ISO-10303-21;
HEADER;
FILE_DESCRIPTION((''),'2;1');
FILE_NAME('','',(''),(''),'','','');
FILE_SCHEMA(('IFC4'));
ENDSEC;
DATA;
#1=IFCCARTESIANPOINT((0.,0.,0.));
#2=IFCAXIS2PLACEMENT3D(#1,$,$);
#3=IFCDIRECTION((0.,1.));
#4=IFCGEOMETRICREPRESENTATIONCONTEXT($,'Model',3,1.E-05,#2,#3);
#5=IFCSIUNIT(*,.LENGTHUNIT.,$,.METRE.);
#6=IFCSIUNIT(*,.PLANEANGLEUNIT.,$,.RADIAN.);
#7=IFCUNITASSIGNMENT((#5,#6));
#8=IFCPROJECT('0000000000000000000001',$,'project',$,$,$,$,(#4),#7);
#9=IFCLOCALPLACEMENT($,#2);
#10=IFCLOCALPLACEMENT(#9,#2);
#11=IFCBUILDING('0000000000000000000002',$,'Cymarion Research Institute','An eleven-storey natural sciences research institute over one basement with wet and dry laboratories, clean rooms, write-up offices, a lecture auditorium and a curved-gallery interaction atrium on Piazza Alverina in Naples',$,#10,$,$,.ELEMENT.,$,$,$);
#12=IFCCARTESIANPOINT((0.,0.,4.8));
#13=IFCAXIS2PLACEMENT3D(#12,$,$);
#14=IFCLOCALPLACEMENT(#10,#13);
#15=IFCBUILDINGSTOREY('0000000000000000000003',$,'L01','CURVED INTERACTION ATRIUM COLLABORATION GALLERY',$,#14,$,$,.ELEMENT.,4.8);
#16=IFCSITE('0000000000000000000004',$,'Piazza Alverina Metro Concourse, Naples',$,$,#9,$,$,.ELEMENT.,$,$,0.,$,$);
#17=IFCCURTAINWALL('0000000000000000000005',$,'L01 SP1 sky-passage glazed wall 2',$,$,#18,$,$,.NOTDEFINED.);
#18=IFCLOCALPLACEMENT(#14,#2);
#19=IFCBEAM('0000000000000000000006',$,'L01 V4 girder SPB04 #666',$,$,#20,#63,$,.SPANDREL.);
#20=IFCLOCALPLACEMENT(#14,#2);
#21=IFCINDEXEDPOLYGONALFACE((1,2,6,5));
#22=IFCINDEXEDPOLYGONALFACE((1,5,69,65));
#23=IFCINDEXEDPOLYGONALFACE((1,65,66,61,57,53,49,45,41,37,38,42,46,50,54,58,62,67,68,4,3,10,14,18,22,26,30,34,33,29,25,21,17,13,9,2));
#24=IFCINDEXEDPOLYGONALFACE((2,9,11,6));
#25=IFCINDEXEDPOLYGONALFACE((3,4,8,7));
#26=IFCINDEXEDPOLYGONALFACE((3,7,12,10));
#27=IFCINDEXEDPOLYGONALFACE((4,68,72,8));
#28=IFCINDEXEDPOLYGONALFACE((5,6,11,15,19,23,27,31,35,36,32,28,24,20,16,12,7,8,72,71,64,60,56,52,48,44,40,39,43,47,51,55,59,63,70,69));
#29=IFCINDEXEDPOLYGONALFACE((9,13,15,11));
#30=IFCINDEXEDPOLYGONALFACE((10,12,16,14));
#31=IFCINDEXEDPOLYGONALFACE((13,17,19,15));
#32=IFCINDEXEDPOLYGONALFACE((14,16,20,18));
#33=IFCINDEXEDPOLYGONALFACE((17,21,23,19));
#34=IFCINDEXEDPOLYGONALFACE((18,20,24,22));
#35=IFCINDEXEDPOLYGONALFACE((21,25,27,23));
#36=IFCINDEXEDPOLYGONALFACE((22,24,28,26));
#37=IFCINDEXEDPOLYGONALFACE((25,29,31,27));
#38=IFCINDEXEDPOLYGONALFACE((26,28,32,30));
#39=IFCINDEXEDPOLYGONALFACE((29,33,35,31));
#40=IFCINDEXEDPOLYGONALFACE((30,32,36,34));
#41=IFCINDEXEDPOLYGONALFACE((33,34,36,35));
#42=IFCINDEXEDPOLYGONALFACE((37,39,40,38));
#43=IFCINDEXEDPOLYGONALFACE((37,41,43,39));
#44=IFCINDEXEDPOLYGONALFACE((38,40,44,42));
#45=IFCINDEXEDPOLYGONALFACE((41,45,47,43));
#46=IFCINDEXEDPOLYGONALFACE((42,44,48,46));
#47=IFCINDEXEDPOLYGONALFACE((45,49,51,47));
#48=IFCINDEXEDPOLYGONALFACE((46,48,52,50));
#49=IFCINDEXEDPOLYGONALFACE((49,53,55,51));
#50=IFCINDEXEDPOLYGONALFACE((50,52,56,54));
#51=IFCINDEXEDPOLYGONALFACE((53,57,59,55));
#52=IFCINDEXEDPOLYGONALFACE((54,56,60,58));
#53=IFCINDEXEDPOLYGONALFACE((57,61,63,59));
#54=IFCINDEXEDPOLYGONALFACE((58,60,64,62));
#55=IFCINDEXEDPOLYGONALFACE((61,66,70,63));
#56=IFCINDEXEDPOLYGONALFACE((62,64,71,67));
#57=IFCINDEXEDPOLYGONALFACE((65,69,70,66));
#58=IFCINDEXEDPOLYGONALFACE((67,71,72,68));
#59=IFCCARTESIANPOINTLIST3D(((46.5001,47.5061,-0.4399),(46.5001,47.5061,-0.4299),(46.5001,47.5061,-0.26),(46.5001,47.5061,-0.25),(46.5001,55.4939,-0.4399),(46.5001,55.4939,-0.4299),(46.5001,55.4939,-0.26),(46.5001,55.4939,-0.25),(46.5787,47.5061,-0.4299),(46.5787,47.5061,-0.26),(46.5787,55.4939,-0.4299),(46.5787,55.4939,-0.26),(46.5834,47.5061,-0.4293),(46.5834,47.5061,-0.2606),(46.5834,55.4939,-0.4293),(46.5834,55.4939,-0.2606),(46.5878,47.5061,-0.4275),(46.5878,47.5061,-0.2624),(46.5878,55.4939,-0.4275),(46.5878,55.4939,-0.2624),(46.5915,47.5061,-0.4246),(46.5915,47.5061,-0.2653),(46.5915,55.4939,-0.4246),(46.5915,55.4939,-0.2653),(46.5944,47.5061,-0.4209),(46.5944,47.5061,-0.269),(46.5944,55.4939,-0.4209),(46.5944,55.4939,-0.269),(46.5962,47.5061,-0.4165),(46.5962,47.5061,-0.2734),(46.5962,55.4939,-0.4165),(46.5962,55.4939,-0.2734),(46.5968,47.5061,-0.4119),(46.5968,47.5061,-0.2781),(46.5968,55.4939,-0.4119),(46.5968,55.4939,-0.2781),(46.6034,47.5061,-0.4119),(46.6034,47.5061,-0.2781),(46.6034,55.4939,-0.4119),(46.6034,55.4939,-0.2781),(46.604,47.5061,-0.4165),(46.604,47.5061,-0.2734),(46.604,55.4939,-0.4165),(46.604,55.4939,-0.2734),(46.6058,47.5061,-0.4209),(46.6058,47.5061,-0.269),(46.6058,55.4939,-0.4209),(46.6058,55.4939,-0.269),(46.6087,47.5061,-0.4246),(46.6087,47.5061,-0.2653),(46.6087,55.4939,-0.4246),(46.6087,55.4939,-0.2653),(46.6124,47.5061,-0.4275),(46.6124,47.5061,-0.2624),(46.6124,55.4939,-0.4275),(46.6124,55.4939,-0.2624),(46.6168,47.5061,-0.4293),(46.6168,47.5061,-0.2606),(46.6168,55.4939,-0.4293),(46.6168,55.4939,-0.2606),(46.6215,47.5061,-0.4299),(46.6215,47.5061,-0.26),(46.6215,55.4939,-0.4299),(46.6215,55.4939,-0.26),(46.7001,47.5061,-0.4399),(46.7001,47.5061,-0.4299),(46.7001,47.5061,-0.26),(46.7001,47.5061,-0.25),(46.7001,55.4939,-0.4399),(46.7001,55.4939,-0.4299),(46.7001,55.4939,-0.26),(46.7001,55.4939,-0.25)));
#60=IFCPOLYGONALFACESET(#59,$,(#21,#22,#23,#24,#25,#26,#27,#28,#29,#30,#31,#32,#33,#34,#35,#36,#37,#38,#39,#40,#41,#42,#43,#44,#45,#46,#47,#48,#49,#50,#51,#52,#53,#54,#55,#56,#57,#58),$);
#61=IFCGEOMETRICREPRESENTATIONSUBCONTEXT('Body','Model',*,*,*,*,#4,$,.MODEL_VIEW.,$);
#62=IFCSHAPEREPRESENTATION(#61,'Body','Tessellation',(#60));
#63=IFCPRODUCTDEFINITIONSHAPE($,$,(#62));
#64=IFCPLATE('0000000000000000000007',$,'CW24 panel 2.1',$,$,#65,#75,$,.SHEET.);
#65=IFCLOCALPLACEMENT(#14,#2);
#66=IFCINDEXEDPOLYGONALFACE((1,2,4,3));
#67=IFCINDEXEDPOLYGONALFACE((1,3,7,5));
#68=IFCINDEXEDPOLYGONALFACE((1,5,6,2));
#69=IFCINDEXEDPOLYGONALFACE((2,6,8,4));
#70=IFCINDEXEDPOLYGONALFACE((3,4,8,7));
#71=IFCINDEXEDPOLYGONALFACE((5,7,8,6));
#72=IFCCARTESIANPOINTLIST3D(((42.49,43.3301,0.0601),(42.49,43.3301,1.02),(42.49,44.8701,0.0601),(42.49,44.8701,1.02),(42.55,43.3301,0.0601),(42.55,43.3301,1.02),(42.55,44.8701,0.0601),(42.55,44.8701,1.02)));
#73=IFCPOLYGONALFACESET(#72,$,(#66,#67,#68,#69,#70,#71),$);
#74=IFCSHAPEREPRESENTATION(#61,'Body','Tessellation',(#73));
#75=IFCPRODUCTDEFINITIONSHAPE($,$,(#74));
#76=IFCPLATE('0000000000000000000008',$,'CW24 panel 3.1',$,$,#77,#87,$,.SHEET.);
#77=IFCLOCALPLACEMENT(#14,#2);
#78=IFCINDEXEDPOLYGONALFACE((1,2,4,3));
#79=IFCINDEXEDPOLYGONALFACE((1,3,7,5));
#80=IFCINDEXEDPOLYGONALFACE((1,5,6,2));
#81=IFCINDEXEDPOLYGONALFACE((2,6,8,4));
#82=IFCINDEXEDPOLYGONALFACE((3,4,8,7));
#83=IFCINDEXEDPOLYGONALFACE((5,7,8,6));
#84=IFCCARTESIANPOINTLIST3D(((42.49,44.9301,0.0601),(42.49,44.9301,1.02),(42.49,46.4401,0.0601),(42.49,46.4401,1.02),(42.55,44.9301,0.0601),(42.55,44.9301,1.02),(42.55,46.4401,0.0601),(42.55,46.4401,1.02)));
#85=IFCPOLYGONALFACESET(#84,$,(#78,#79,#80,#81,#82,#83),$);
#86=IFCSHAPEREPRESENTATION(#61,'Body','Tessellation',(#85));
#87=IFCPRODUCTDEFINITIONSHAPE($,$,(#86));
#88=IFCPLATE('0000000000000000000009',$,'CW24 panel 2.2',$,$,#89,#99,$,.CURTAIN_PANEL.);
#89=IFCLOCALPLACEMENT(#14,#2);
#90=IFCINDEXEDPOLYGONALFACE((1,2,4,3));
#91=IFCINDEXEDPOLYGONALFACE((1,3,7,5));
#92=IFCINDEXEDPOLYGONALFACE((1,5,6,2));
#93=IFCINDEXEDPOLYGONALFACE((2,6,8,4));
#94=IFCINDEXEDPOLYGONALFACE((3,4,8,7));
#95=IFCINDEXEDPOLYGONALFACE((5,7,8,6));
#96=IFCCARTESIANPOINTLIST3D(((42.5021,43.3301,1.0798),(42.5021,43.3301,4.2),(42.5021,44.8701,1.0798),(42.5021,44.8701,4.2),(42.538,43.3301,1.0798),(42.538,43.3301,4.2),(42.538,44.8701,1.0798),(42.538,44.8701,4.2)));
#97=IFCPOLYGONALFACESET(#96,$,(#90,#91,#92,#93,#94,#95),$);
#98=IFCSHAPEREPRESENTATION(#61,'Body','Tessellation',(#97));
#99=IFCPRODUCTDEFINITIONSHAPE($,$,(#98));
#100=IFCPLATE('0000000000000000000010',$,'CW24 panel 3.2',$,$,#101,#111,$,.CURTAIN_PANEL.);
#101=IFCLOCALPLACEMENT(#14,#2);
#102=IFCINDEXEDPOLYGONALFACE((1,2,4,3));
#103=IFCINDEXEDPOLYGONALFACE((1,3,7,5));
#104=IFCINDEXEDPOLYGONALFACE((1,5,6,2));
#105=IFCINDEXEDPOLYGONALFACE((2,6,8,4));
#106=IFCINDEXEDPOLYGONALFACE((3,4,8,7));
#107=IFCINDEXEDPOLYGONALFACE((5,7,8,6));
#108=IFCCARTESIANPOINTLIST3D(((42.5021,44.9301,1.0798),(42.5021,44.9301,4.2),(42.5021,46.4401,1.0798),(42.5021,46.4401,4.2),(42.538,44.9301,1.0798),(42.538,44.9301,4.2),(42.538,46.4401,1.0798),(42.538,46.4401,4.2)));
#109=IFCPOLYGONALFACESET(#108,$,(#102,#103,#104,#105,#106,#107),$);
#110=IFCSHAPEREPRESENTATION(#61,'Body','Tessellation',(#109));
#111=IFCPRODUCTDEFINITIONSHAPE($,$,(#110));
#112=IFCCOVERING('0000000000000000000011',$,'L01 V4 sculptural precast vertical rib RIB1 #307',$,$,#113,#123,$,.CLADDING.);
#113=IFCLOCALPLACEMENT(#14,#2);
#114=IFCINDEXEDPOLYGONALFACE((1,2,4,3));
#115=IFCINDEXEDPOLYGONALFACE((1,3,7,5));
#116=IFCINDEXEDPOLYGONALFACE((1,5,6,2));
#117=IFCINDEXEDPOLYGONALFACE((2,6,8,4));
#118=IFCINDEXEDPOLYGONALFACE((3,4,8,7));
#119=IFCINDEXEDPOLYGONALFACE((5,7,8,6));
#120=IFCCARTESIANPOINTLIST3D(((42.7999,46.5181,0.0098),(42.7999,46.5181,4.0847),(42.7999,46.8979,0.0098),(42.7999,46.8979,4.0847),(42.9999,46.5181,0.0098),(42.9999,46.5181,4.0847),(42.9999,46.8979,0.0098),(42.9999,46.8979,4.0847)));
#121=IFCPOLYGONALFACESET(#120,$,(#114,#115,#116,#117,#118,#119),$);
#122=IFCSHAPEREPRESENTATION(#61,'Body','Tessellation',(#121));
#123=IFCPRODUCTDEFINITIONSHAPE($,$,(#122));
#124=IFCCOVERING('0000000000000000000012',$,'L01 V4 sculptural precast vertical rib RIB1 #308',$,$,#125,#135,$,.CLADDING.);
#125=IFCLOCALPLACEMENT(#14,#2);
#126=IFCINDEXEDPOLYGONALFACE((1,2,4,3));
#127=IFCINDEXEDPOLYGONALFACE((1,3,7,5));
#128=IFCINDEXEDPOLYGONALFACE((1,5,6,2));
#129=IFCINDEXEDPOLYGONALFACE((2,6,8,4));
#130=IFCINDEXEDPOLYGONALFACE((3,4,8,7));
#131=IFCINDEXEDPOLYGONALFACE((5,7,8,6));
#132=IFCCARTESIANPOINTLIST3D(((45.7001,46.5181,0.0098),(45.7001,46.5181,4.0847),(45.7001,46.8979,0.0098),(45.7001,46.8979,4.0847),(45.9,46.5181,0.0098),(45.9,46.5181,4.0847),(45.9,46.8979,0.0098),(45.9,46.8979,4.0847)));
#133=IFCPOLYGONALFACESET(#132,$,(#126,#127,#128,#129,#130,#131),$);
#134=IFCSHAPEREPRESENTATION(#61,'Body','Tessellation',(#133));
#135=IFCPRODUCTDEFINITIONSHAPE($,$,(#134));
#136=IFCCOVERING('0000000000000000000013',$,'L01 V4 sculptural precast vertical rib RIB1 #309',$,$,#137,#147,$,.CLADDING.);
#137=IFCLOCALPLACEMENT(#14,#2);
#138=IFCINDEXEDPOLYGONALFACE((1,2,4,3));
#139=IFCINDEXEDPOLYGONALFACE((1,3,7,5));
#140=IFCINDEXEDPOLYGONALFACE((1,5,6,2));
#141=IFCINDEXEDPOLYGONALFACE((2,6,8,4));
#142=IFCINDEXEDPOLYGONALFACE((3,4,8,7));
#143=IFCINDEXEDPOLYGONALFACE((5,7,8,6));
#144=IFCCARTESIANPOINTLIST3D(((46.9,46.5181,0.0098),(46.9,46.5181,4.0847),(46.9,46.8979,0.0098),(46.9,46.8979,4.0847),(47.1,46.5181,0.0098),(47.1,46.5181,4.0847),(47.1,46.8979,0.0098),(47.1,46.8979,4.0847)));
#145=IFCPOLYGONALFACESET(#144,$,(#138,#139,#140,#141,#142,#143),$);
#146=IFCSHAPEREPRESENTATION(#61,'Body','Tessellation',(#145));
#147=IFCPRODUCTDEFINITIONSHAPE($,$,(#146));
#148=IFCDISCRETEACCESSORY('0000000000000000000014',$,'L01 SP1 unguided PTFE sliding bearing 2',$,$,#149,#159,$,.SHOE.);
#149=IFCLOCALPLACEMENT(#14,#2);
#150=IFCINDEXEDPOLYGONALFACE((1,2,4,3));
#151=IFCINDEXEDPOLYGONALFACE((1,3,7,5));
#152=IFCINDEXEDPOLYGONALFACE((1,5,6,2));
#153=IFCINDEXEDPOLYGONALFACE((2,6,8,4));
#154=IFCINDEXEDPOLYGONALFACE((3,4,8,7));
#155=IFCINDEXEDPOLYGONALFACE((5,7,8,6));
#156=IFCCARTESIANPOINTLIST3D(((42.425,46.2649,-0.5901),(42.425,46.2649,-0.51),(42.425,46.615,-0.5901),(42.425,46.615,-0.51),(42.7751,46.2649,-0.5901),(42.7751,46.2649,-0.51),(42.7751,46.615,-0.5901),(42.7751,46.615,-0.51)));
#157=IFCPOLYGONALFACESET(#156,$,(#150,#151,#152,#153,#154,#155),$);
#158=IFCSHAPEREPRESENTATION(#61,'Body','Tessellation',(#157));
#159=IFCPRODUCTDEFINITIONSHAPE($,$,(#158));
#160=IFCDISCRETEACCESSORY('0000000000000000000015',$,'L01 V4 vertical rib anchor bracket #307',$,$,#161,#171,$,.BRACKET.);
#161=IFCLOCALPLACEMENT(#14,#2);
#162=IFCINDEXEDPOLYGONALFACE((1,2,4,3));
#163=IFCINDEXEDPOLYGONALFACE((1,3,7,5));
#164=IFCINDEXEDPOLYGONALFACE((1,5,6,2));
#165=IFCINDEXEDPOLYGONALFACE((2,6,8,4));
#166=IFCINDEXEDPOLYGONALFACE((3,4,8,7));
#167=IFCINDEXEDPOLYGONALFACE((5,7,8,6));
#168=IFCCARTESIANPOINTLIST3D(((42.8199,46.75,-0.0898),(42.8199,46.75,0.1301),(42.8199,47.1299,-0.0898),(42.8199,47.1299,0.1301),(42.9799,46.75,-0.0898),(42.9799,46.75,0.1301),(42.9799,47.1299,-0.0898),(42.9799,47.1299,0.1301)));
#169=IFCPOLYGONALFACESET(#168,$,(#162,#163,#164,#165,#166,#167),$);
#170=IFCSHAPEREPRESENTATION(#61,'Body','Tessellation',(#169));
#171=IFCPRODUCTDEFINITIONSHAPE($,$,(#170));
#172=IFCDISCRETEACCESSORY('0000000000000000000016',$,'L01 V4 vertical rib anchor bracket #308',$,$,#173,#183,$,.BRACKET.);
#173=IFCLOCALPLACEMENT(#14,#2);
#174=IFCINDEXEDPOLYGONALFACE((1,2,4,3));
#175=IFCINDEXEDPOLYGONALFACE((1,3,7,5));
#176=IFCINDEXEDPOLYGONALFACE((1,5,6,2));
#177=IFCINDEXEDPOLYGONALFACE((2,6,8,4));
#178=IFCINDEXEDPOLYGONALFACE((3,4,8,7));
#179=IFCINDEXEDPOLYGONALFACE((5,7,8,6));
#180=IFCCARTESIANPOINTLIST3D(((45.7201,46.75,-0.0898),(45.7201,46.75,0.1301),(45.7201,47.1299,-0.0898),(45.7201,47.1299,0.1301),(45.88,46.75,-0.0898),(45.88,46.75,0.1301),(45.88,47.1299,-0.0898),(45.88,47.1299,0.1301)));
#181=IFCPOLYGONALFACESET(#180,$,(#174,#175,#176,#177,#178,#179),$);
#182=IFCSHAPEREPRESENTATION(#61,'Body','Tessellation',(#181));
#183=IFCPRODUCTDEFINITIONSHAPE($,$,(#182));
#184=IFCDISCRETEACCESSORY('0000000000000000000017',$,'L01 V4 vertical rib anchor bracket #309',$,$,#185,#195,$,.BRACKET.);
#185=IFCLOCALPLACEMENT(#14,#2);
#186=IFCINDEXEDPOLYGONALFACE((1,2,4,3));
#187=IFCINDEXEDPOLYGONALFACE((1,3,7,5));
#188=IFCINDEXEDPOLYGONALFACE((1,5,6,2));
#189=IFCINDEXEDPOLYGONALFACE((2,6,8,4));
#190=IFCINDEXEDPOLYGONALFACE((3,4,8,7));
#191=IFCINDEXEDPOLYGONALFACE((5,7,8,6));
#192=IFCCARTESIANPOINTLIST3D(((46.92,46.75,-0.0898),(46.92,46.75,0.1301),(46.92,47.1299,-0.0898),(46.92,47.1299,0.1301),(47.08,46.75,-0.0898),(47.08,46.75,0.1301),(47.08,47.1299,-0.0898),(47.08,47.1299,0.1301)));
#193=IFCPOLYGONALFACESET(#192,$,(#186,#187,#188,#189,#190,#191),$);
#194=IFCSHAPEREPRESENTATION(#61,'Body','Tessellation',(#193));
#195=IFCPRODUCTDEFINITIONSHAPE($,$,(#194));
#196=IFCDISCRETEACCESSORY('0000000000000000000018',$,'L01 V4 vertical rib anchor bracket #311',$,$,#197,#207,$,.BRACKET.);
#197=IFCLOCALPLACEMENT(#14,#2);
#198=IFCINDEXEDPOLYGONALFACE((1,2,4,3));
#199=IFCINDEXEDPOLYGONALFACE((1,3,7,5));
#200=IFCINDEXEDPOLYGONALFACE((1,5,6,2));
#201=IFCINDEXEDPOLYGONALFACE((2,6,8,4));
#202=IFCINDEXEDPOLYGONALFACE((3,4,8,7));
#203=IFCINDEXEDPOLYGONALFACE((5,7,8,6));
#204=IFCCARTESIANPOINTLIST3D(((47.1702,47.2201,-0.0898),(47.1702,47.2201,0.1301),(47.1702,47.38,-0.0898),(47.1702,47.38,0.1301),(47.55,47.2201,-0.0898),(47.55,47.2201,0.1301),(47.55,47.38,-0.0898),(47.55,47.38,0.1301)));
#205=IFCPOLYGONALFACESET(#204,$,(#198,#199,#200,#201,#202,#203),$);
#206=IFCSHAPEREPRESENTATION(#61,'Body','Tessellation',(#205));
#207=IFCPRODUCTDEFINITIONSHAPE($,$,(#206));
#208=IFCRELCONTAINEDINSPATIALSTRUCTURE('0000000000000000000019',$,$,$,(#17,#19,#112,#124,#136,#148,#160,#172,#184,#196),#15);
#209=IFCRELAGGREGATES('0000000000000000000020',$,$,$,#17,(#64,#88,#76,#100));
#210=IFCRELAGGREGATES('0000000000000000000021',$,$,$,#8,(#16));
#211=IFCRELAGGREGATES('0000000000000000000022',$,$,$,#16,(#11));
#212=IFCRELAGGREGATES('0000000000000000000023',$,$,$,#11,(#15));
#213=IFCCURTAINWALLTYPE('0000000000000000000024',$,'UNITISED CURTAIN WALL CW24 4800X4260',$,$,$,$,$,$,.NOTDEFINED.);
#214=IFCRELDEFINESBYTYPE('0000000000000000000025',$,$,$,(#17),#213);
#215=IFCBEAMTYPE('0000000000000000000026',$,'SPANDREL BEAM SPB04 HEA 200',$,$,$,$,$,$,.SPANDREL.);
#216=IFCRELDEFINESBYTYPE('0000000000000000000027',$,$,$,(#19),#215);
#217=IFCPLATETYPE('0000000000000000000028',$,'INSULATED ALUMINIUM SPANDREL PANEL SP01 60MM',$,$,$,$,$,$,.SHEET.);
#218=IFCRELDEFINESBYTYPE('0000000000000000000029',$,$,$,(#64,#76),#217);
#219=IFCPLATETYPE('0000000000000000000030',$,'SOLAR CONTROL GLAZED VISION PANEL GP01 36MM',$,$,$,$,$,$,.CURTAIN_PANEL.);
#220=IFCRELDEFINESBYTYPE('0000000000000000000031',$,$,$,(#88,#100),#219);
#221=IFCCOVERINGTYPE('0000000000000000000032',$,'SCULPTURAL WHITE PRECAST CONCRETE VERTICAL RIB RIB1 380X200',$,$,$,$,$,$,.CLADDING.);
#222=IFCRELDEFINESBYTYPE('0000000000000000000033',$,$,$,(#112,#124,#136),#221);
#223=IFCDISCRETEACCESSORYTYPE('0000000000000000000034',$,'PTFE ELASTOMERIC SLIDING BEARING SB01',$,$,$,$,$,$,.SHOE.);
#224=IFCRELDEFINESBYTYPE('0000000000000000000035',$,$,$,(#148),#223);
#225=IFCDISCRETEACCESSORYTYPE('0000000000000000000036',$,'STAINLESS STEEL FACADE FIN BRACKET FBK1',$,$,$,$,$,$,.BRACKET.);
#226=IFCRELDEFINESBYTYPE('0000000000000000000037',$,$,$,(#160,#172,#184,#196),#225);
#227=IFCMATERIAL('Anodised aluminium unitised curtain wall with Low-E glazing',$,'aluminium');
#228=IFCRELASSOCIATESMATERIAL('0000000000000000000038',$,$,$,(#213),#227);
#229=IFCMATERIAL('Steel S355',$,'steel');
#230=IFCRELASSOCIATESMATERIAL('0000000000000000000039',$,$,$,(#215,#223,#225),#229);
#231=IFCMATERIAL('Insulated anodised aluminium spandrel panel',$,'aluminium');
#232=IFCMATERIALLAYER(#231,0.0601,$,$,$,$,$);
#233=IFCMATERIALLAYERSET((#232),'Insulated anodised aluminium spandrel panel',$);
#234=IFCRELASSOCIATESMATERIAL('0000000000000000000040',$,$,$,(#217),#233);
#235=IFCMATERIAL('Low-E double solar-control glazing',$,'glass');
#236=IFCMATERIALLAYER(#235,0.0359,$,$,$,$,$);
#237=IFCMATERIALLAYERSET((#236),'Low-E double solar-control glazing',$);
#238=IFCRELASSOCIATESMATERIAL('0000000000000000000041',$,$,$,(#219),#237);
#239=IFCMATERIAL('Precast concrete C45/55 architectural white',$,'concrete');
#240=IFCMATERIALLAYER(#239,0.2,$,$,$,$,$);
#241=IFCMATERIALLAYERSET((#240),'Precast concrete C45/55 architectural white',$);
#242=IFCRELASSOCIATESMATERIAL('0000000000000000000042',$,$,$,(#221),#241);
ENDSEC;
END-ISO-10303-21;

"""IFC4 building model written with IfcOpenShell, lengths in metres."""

from ifc_helpers import new_model, si_unit, direction, frame, origin, origin_2d, place, context, subcontext, project, spatial, rectangle, i_section, extrude, material, layer, layer_set, material_profile, profile_set, type_object, element, aggregate, save


model = new_model("IFC4")

# Units and contexts
model_context = context("Model", 3, precision=1e-05, world=origin(), true_north=direction((0.0, 1.0)))
body_context = subcontext(model_context, "Body", "Model", "MODEL_VIEW")
ifc_project = project(units=[si_unit("LENGTHUNIT", "METRE"), si_unit("PLANEANGLEUNIT", "RADIAN")], contexts=[model_context])

# Site, building, storey
site_placement = place(None, origin())
site = spatial("IfcSite", under=ifc_project, at=site_placement, Name="Piazza Alverina Metro Concourse, Naples", CompositionType="ELEMENT", RefElevation=0.0)
building_placement = place(site_placement, origin())
building = spatial("IfcBuilding", under=site, at=building_placement, Name="Cymarion Research Institute", Description="An eleven-storey natural sciences research institute over one basement with wet and dry laboratories, clean rooms, write-up offices, a lecture auditorium and a curved-gallery interaction atrium on Piazza Alverina in Naples", CompositionType="ELEMENT")
storey_placement = place(building_placement, frame((0.0, 0.0, 4.8)))
storey = spatial("IfcBuildingStorey", under=building, at=storey_placement, Name="L01", Description="CURVED INTERACTION ATRIUM COLLABORATION GALLERY", CompositionType="ELEMENT", Elevation=4.8)

# Shared definitions
ifc_material_1 = material(Name="Steel S355", Category="steel")

# Shared definitions
ifc_material_2 = material(Name="Anodised aluminium unitised curtain wall with Low-E glazing", Category="aluminium")

# Curtain wall
curtain_wall_type_1 = type_object("IfcCurtainWallType", Name="UNITISED CURTAIN WALL CW24 4800X4260", PredefinedType="NOTDEFINED", material=ifc_material_2)
curtain_wall_1_placement = place(storey_placement, origin())
curtain_wall_1 = element("IfcCurtainWall", 1, at=curtain_wall_1_placement, inside=storey, type_object=curtain_wall_type_1, Name="L01 SP1 sky-passage glazed wall 2", PredefinedType="NOTDEFINED")

# Beam
ifc_material_profile_1 = material_profile(ifc_material_1, i_section(OverallWidth=0.2, OverallDepth=0.1899, WebThickness=0.0066, FlangeThickness=0.01, FilletRadius=0.0181, at=origin_2d()), Name="HEA 200")
ifc_profile_set_1 = profile_set([ifc_material_profile_1], Name="Steel S355")
beam_type_1 = type_object("IfcBeamType", Name="SPANDREL BEAM SPB04 HEA 200", PredefinedType="SPANDREL", material=ifc_profile_set_1)
beam_1_placement = place(storey_placement, frame((46.6001, 47.5061, -0.345), z_axis=(0.0, 1.0, 0.0), x_axis=(-1.0, 0.0, 0.0)))
element("IfcBeam", 2, at=beam_1_placement, inside=storey, type_object=beam_type_1, Name="L01 V4 girder SPB04 #666", PredefinedType="SPANDREL", context=body_context, shape_type="SweptSolid", body=[
    extrude(i_section(OverallWidth=0.2, OverallDepth=0.1899, WebThickness=0.0066, FlangeThickness=0.01, FilletRadius=0.0181, at=origin_2d()), origin(), (0.0, 0.0, 1.0), 7.9878),
])

# Plates
ifc_material_3 = material(Name="Insulated anodised aluminium spandrel panel", Category="aluminium")
ifc_layer_1 = layer(ifc_material_3, 0.0601)
ifc_layer_set_1 = layer_set([ifc_layer_1], Name="Insulated anodised aluminium spandrel panel")
plate_type_1 = type_object("IfcPlateType", Name="INSULATED ALUMINIUM SPANDREL PANEL SP01 60MM", PredefinedType="SHEET", material=ifc_layer_set_1)
plate_1_placement = place(storey_placement, frame((42.52, 44.1001, 0.0601), z_axis=(0.0, 0.0, 1.0), x_axis=(0.0, 1.0, 0.0)))
plate_1 = element("IfcPlate", 3, at=plate_1_placement, type_object=plate_type_1, Name="CW24 panel 2.1", PredefinedType="SHEET", context=body_context, shape_type="SweptSolid", body=[
    extrude(rectangle(XDim=1.54, YDim=0.0601, at=origin_2d()), origin(), (0.0, 0.0, 1.0), 0.96),
])
plate_2_placement = place(storey_placement, frame((42.52, 45.6851, 0.0601), z_axis=(0.0, 0.0, 1.0), x_axis=(0.0, 1.0, 0.0)))
plate_2 = element("IfcPlate", 4, at=plate_2_placement, type_object=plate_type_1, Name="CW24 panel 3.1", PredefinedType="SHEET", context=body_context, shape_type="SweptSolid", body=[
    extrude(rectangle(XDim=1.51, YDim=0.0601, at=origin_2d()), origin(), (0.0, 0.0, 1.0), 0.96),
])
ifc_material_4 = material(Name="Low-E double solar-control glazing", Category="glass")
ifc_layer_2 = layer(ifc_material_4, 0.0359)
ifc_layer_set_2 = layer_set([ifc_layer_2], Name="Low-E double solar-control glazing")
plate_type_2 = type_object("IfcPlateType", Name="SOLAR CONTROL GLAZED VISION PANEL GP01 36MM", PredefinedType="CURTAIN_PANEL", material=ifc_layer_set_2)
plate_3_placement = place(storey_placement, frame((42.52, 44.1001, 1.0798), z_axis=(0.0, 0.0, 1.0), x_axis=(0.0, 1.0, 0.0)))
plate_3 = element("IfcPlate", 5, at=plate_3_placement, type_object=plate_type_2, Name="CW24 panel 2.2", PredefinedType="CURTAIN_PANEL", context=body_context, shape_type="SweptSolid", body=[
    extrude(rectangle(XDim=1.54, YDim=0.0359, at=origin_2d()), origin(), (0.0, 0.0, 1.0), 3.1201),
])
plate_4_placement = place(storey_placement, frame((42.52, 45.6851, 1.0798), z_axis=(0.0, 0.0, 1.0), x_axis=(0.0, 1.0, 0.0)))
plate_4 = element("IfcPlate", 6, at=plate_4_placement, type_object=plate_type_2, Name="CW24 panel 3.2", PredefinedType="CURTAIN_PANEL", context=body_context, shape_type="SweptSolid", body=[
    extrude(rectangle(XDim=1.51, YDim=0.0359, at=origin_2d()), origin(), (0.0, 0.0, 1.0), 3.1201),
])
aggregate(curtain_wall_1, [plate_1, plate_3, plate_2, plate_4])

# Coverings
ifc_material_5 = material(Name="Precast concrete C45/55 architectural white", Category="concrete")
ifc_layer_3 = layer(ifc_material_5, 0.2)
ifc_layer_set_3 = layer_set([ifc_layer_3], Name="Precast concrete C45/55 architectural white")
covering_type = type_object("IfcCoveringType", Name="SCULPTURAL WHITE PRECAST CONCRETE VERTICAL RIB RIB1 380X200", PredefinedType="CLADDING", material=ifc_layer_set_3)
for number, where, z_axis, x_axis, name in (
    (7, (42.8999, 46.708, 0.0098), (0.0, 0.0, 1.0), (0.0, -1.0, 0.0), "L01 V4 sculptural precast vertical rib RIB1 #307"),
    (8, (45.8, 46.708, 0.0098), (0.0, 0.0, 1.0), (0.0, -1.0, 0.0), "L01 V4 sculptural precast vertical rib RIB1 #308"),
    (9, (47.0, 46.708, 0.0098), (0.0, 0.0, 1.0), (0.0, -1.0, 0.0), "L01 V4 sculptural precast vertical rib RIB1 #309"),
):
    element("IfcCovering", number, at=place(storey_placement, frame(where, z_axis=z_axis, x_axis=x_axis)), inside=storey, type_object=covering_type, Name=name, PredefinedType="CLADDING", context=body_context, shape_type="SweptSolid", body=[
        extrude(rectangle(XDim=0.3799, YDim=0.2, at=origin_2d()), origin(), (0.0, 0.0, 1.0), 4.075),
    ])

# Discrete accessories
discrete_accessory_type_1 = type_object("IfcDiscreteAccessoryType", Name="PTFE ELASTOMERIC SLIDING BEARING SB01", PredefinedType="SHOE", material=ifc_material_1)
discrete_accessory_1_placement = place(storey_placement, frame((42.6001, 46.4399, -0.5901), z_axis=(0.0, 0.0, 1.0), x_axis=(1.0, 0.0, 0.0)))
element("IfcDiscreteAccessory", 10, at=discrete_accessory_1_placement, inside=storey, type_object=discrete_accessory_type_1, Name="L01 SP1 unguided PTFE sliding bearing 2", PredefinedType="SHOE", context=body_context, shape_type="SweptSolid", body=[
    extrude(rectangle(XDim=0.3501, YDim=0.3501, at=origin_2d()), origin(), (0.0, 0.0, 1.0), 0.0801),
])
discrete_accessory_type_2 = type_object("IfcDiscreteAccessoryType", Name="STAINLESS STEEL FACADE FIN BRACKET FBK1", PredefinedType="BRACKET", material=ifc_material_1)
for number, where, z_axis, x_axis, name in (
    (11, (42.8999, 46.9399, -0.0898), (0.0, 0.0, 1.0), (0.0, -1.0, 0.0), "L01 V4 vertical rib anchor bracket #307"),
    (12, (45.8, 46.9399, -0.0898), (0.0, 0.0, 1.0), (0.0, -1.0, 0.0), "L01 V4 vertical rib anchor bracket #308"),
    (13, (47.0, 46.9399, -0.0898), (0.0, 0.0, 1.0), (0.0, -1.0, 0.0), "L01 V4 vertical rib anchor bracket #309"),
    (14, (47.3601, 47.3, -0.0898), (0.0, 0.0, 1.0), (1.0, 0.0, 0.0), "L01 V4 vertical rib anchor bracket #311"),
):
    element("IfcDiscreteAccessory", number, at=place(storey_placement, frame(where, z_axis=z_axis, x_axis=x_axis)), inside=storey, type_object=discrete_accessory_type_2, Name=name, PredefinedType="BRACKET", context=body_context, shape_type="SweptSolid", body=[
        extrude(rectangle(XDim=0.3799, YDim=0.1599, at=origin_2d()), origin(), (0.0, 0.0, 1.0), 0.22),
    ])

save(model, "model.ifc")
